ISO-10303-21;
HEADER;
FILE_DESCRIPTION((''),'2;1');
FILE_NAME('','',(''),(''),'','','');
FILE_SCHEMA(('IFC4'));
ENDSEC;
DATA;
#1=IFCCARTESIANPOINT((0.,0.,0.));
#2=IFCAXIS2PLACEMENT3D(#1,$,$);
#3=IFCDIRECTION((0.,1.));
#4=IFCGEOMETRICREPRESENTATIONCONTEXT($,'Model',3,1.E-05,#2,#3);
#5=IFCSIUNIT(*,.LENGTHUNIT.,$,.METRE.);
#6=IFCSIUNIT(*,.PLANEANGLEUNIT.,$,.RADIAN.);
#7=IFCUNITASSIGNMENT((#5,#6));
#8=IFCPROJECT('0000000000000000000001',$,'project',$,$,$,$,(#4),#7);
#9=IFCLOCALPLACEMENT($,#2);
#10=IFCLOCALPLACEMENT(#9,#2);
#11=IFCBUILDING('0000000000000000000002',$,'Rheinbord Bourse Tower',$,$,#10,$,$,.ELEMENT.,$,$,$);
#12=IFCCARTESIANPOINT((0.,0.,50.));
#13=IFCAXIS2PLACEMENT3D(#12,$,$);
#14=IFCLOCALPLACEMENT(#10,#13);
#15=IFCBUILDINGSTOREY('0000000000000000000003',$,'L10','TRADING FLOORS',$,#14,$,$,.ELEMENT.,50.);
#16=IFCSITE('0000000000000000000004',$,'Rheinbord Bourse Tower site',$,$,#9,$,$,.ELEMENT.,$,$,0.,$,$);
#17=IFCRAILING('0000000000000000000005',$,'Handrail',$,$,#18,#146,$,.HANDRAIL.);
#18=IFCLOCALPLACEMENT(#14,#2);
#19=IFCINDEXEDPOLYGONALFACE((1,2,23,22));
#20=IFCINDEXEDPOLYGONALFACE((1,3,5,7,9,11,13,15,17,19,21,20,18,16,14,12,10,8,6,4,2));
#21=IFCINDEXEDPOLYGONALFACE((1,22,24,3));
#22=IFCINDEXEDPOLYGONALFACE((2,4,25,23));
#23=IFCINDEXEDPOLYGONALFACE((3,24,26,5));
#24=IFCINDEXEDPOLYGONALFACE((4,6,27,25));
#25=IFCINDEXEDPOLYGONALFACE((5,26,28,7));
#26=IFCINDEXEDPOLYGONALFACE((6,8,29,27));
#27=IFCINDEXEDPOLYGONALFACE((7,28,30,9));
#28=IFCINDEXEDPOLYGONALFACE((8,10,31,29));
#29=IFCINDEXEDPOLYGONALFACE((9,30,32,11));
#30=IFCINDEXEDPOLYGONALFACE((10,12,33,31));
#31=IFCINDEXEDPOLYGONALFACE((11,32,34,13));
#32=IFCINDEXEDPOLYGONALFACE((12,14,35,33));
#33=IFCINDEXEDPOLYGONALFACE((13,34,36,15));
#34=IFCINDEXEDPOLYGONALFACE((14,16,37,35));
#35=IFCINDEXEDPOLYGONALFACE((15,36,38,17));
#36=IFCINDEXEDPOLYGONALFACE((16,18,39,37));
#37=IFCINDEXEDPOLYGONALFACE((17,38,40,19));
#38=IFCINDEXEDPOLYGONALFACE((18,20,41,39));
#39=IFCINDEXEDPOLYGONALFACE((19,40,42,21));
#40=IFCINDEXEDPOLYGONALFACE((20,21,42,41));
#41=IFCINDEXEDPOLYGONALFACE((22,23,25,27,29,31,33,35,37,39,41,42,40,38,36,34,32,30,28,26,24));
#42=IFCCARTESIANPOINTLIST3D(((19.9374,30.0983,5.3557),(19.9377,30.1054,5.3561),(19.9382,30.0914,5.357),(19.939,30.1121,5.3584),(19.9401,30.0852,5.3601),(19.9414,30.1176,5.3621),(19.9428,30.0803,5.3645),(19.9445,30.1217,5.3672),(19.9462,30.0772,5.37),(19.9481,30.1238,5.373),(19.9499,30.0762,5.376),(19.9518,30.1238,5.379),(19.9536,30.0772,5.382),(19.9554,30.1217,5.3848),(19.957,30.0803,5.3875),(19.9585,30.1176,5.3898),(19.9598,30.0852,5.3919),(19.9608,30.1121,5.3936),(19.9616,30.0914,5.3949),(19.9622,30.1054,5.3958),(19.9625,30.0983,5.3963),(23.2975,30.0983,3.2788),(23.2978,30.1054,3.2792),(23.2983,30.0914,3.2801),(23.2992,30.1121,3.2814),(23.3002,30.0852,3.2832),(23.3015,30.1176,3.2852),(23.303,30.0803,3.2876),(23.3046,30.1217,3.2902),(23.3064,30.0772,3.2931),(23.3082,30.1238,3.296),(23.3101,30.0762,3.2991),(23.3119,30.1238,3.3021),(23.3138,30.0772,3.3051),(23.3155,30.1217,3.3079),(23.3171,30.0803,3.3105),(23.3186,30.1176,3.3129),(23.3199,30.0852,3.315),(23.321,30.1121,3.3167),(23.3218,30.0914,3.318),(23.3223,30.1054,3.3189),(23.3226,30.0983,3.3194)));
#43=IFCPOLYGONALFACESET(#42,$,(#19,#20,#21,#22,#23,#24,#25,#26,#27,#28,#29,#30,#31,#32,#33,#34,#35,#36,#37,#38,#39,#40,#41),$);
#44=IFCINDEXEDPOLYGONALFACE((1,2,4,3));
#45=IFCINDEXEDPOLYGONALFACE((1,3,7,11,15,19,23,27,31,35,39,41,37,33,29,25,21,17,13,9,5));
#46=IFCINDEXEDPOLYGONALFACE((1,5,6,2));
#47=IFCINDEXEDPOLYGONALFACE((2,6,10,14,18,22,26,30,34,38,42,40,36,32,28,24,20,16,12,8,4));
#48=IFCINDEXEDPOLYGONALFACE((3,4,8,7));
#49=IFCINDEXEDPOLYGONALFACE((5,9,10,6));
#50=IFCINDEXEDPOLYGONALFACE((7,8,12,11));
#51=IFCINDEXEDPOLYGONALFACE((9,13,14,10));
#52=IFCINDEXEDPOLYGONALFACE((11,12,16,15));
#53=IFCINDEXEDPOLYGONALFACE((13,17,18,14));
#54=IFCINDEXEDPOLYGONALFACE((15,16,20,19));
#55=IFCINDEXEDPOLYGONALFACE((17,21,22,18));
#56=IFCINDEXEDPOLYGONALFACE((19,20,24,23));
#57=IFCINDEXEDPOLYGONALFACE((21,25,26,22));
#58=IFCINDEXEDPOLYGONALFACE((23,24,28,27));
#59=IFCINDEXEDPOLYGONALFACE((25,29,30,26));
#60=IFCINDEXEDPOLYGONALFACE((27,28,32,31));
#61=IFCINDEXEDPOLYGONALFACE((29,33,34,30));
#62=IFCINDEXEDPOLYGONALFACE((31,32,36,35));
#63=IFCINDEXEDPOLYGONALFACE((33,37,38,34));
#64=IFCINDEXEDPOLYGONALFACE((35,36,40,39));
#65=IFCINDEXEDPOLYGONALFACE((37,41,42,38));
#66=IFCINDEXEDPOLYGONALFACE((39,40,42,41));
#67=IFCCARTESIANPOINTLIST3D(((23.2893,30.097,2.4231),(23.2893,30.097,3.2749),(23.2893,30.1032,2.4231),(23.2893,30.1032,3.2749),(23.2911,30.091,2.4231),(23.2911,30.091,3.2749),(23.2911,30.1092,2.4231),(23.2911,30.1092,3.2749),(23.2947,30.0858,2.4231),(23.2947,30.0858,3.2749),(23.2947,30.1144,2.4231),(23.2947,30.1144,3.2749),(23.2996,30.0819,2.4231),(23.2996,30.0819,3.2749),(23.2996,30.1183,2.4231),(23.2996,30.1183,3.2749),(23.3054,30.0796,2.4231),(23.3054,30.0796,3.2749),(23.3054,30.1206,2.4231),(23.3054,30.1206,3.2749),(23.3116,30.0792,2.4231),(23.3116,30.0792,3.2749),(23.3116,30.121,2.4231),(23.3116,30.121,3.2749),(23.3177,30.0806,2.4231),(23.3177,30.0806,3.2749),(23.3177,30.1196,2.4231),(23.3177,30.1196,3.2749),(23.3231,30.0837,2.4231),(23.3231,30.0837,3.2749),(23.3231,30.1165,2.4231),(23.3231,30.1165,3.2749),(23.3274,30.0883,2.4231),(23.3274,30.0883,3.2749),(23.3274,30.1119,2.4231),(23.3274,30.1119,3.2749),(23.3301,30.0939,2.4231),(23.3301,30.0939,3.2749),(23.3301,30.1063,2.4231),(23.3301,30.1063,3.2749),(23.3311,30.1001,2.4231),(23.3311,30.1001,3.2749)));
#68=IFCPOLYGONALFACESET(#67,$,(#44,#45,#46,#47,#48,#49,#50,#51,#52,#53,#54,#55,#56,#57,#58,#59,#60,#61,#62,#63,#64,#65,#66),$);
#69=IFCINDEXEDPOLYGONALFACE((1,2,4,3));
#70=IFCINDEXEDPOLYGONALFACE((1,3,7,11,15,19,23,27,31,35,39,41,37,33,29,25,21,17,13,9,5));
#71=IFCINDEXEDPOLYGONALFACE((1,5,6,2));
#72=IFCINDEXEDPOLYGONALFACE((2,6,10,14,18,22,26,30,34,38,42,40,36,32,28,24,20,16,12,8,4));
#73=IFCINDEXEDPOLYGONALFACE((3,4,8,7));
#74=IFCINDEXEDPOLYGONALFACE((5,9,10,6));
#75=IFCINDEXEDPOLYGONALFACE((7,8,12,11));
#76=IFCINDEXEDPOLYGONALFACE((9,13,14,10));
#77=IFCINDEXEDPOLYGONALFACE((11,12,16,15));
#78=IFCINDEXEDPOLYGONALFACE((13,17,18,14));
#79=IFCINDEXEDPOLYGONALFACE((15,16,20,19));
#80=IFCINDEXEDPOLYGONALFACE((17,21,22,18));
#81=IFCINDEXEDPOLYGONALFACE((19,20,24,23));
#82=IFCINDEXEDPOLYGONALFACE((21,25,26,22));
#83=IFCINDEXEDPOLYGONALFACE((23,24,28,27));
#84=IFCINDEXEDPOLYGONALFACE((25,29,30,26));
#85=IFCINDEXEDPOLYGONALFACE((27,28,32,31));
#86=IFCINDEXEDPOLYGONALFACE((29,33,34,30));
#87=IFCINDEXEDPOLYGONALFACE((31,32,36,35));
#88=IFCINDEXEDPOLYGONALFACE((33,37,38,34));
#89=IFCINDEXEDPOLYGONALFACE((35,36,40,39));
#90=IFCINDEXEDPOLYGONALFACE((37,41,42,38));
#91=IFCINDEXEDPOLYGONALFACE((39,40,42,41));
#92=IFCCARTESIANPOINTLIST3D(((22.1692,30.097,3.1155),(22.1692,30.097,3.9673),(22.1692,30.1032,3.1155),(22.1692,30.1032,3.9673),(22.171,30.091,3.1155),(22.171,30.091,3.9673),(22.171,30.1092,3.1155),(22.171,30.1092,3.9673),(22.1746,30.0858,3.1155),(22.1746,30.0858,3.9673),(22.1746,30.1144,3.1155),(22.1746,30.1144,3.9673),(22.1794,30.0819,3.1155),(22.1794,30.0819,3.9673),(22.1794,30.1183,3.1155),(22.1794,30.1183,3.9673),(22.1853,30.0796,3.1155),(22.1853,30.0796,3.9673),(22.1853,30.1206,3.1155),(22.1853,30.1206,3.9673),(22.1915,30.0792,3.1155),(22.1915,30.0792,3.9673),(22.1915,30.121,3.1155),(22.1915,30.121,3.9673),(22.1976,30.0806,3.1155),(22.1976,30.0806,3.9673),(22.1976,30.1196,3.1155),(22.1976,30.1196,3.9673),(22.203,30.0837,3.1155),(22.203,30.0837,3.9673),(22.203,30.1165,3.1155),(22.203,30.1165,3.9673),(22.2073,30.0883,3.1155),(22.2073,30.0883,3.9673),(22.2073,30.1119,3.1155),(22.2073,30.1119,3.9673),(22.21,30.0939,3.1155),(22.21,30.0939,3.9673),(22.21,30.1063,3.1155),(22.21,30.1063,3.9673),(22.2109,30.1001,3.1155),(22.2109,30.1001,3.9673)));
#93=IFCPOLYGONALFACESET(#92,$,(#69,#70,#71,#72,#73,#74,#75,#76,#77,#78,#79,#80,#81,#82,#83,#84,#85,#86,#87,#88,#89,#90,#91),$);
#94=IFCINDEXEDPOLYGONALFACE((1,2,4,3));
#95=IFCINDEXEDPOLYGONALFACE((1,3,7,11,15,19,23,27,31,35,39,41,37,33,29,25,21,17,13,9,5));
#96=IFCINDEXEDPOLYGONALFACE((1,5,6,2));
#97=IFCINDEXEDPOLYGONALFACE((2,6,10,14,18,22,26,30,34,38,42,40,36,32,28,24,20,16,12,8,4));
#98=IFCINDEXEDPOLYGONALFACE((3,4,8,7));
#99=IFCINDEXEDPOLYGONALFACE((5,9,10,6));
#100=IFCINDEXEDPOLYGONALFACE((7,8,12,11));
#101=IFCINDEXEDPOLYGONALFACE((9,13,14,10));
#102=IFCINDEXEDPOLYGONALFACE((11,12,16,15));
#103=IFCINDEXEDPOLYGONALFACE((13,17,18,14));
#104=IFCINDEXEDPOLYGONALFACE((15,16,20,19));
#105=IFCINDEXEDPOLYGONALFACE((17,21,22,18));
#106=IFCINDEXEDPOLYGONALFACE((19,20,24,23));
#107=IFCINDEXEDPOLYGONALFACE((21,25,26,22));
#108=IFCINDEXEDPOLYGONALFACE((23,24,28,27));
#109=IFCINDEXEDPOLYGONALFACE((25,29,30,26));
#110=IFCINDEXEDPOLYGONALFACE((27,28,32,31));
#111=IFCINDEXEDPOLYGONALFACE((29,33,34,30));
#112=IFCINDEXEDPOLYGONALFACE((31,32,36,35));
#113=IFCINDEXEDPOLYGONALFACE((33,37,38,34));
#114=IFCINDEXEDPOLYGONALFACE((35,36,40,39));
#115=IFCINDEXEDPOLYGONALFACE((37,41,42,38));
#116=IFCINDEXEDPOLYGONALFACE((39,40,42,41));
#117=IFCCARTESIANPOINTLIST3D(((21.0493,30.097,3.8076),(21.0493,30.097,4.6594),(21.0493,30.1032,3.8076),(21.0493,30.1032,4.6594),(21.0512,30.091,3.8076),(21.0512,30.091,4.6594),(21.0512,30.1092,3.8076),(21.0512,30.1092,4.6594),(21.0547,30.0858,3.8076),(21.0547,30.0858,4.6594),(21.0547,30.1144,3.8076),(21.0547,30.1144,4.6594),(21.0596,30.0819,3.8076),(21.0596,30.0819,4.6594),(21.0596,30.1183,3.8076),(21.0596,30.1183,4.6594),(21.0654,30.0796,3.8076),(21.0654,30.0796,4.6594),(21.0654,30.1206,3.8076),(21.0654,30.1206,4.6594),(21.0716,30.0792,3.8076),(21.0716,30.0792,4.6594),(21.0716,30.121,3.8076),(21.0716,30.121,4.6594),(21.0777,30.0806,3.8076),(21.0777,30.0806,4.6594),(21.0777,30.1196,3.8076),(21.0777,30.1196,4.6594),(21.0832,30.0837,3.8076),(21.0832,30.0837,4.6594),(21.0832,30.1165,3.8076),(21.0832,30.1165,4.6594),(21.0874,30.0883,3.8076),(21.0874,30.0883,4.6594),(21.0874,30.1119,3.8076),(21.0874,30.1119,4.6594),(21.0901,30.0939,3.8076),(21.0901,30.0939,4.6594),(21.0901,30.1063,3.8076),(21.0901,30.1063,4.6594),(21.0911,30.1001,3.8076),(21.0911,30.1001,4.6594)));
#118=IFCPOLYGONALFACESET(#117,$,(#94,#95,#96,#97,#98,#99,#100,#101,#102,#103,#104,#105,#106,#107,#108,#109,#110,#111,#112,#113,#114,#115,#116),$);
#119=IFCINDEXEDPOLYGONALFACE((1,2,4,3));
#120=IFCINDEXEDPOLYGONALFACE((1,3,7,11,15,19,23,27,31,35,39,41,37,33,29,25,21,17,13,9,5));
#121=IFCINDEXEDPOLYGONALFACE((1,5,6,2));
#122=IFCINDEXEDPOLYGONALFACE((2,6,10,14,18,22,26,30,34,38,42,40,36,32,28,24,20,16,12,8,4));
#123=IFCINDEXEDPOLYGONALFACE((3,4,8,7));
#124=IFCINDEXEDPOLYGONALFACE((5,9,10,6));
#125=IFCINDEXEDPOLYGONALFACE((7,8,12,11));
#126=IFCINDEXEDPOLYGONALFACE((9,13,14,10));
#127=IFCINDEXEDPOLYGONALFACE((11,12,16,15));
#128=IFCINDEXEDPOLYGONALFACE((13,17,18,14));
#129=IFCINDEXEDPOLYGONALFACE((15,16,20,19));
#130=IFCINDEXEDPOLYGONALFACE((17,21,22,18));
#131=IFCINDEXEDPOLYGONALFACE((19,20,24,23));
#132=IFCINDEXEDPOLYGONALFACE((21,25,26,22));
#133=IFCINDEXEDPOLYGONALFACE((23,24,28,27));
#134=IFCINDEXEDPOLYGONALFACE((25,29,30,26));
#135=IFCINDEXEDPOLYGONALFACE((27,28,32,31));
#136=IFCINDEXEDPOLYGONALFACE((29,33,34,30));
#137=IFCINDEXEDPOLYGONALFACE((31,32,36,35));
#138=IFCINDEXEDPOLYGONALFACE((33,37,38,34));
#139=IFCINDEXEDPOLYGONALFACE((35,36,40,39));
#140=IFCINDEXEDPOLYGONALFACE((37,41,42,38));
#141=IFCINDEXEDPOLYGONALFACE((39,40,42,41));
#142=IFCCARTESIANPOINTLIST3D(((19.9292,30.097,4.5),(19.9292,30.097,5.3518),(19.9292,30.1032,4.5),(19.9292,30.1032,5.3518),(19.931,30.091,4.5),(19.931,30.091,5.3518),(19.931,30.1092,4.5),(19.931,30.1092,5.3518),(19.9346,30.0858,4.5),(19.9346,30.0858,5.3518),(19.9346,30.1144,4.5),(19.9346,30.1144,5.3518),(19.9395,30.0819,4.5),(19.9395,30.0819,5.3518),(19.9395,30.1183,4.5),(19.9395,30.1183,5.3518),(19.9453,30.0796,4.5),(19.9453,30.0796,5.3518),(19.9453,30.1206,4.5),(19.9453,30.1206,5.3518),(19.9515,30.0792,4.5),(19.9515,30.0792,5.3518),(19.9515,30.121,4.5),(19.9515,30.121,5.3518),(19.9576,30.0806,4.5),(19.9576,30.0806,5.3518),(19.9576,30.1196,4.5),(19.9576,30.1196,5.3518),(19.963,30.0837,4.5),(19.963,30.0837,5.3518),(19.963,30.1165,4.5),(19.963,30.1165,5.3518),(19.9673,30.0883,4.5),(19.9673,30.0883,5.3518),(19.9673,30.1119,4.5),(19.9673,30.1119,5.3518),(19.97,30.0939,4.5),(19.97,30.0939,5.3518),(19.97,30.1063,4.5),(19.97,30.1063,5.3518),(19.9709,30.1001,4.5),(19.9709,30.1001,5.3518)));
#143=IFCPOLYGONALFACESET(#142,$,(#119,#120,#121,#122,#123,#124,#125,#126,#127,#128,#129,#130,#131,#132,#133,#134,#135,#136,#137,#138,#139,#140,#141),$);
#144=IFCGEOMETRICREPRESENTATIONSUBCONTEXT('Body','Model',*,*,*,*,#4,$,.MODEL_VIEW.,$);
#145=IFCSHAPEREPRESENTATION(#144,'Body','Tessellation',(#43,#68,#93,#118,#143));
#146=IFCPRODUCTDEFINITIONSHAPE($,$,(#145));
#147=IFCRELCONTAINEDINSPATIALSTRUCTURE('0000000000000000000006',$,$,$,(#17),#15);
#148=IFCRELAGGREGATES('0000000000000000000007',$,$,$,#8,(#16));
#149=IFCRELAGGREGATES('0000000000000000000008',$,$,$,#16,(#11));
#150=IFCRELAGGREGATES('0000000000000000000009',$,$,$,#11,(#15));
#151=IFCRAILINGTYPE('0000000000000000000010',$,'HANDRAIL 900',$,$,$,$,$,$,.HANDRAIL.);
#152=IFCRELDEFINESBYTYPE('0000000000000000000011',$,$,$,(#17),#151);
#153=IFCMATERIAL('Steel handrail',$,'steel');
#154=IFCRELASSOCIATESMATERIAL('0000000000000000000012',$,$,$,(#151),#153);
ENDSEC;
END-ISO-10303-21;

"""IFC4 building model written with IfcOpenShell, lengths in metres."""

from ifc_helpers import new_model, si_unit, direction, frame, origin, origin_2d, place, context, subcontext, project, spatial, circle, extrude, material, type_object, element, save


model = new_model("IFC4")

# Units and contexts
model_context = context("Model", 3, precision=1e-05, world=origin(), true_north=direction((0.0, 1.0)))
body_context = subcontext(model_context, "Body", "Model", "MODEL_VIEW")
ifc_project = project(units=[si_unit("LENGTHUNIT", "METRE"), si_unit("PLANEANGLEUNIT", "RADIAN")], contexts=[model_context])

# Site, building, storey
site_placement = place(None, origin())
site = spatial("IfcSite", under=ifc_project, at=site_placement, Name="Rheinbord Bourse Tower site", CompositionType="ELEMENT", RefElevation=0.0)
building_placement = place(site_placement, origin())
building = spatial("IfcBuilding", under=site, at=building_placement, Name="Rheinbord Bourse Tower", CompositionType="ELEMENT")
storey_placement = place(building_placement, frame((0.0, 0.0, 50.0)))
storey = spatial("IfcBuildingStorey", under=building, at=storey_placement, Name="L10", Description="TRADING FLOORS", CompositionType="ELEMENT", Elevation=50.0)

# Railing
ifc_material_1 = material(Name="Steel handrail", Category="steel")
railing_type = type_object("IfcRailingType", Name="HANDRAIL 900", PredefinedType="HANDRAIL", material=ifc_material_1)
railing_1_placement = place(storey_placement, frame((23.3101, 30.1001, 2.4231)))
element("IfcRailing", 1, at=railing_1_placement, inside=storey, type_object=railing_type, Name="Handrail", PredefinedType="HANDRAIL", context=body_context, shape_type="SweptSolid", body=[
    extrude(circle(Radius=0.0239, at=origin_2d()), frame((0.0, 0.0, 0.876), z_axis=(-0.850623, 0.0, 0.525776), x_axis=(0.0, -1.0, 0.0)), (0.0, 0.0, 1.0), 3.9502),
    extrude(circle(Radius=0.021, at=origin_2d()), origin(), (0.0, 0.0, 1.0), 0.8518),
    extrude(circle(Radius=0.021, at=origin_2d()), frame((-1.1201, 0.0, 0.6924)), (0.0, 0.0, 1.0), 0.8518),
    extrude(circle(Radius=0.021, at=origin_2d()), frame((-2.24, 0.0, 1.3845)), (0.0, 0.0, 1.0), 0.8518),
    extrude(circle(Radius=0.021, at=origin_2d()), frame((-3.3601, 0.0, 2.0769)), (0.0, 0.0, 1.0), 0.8518),
])

save(model, "model.ifc")
